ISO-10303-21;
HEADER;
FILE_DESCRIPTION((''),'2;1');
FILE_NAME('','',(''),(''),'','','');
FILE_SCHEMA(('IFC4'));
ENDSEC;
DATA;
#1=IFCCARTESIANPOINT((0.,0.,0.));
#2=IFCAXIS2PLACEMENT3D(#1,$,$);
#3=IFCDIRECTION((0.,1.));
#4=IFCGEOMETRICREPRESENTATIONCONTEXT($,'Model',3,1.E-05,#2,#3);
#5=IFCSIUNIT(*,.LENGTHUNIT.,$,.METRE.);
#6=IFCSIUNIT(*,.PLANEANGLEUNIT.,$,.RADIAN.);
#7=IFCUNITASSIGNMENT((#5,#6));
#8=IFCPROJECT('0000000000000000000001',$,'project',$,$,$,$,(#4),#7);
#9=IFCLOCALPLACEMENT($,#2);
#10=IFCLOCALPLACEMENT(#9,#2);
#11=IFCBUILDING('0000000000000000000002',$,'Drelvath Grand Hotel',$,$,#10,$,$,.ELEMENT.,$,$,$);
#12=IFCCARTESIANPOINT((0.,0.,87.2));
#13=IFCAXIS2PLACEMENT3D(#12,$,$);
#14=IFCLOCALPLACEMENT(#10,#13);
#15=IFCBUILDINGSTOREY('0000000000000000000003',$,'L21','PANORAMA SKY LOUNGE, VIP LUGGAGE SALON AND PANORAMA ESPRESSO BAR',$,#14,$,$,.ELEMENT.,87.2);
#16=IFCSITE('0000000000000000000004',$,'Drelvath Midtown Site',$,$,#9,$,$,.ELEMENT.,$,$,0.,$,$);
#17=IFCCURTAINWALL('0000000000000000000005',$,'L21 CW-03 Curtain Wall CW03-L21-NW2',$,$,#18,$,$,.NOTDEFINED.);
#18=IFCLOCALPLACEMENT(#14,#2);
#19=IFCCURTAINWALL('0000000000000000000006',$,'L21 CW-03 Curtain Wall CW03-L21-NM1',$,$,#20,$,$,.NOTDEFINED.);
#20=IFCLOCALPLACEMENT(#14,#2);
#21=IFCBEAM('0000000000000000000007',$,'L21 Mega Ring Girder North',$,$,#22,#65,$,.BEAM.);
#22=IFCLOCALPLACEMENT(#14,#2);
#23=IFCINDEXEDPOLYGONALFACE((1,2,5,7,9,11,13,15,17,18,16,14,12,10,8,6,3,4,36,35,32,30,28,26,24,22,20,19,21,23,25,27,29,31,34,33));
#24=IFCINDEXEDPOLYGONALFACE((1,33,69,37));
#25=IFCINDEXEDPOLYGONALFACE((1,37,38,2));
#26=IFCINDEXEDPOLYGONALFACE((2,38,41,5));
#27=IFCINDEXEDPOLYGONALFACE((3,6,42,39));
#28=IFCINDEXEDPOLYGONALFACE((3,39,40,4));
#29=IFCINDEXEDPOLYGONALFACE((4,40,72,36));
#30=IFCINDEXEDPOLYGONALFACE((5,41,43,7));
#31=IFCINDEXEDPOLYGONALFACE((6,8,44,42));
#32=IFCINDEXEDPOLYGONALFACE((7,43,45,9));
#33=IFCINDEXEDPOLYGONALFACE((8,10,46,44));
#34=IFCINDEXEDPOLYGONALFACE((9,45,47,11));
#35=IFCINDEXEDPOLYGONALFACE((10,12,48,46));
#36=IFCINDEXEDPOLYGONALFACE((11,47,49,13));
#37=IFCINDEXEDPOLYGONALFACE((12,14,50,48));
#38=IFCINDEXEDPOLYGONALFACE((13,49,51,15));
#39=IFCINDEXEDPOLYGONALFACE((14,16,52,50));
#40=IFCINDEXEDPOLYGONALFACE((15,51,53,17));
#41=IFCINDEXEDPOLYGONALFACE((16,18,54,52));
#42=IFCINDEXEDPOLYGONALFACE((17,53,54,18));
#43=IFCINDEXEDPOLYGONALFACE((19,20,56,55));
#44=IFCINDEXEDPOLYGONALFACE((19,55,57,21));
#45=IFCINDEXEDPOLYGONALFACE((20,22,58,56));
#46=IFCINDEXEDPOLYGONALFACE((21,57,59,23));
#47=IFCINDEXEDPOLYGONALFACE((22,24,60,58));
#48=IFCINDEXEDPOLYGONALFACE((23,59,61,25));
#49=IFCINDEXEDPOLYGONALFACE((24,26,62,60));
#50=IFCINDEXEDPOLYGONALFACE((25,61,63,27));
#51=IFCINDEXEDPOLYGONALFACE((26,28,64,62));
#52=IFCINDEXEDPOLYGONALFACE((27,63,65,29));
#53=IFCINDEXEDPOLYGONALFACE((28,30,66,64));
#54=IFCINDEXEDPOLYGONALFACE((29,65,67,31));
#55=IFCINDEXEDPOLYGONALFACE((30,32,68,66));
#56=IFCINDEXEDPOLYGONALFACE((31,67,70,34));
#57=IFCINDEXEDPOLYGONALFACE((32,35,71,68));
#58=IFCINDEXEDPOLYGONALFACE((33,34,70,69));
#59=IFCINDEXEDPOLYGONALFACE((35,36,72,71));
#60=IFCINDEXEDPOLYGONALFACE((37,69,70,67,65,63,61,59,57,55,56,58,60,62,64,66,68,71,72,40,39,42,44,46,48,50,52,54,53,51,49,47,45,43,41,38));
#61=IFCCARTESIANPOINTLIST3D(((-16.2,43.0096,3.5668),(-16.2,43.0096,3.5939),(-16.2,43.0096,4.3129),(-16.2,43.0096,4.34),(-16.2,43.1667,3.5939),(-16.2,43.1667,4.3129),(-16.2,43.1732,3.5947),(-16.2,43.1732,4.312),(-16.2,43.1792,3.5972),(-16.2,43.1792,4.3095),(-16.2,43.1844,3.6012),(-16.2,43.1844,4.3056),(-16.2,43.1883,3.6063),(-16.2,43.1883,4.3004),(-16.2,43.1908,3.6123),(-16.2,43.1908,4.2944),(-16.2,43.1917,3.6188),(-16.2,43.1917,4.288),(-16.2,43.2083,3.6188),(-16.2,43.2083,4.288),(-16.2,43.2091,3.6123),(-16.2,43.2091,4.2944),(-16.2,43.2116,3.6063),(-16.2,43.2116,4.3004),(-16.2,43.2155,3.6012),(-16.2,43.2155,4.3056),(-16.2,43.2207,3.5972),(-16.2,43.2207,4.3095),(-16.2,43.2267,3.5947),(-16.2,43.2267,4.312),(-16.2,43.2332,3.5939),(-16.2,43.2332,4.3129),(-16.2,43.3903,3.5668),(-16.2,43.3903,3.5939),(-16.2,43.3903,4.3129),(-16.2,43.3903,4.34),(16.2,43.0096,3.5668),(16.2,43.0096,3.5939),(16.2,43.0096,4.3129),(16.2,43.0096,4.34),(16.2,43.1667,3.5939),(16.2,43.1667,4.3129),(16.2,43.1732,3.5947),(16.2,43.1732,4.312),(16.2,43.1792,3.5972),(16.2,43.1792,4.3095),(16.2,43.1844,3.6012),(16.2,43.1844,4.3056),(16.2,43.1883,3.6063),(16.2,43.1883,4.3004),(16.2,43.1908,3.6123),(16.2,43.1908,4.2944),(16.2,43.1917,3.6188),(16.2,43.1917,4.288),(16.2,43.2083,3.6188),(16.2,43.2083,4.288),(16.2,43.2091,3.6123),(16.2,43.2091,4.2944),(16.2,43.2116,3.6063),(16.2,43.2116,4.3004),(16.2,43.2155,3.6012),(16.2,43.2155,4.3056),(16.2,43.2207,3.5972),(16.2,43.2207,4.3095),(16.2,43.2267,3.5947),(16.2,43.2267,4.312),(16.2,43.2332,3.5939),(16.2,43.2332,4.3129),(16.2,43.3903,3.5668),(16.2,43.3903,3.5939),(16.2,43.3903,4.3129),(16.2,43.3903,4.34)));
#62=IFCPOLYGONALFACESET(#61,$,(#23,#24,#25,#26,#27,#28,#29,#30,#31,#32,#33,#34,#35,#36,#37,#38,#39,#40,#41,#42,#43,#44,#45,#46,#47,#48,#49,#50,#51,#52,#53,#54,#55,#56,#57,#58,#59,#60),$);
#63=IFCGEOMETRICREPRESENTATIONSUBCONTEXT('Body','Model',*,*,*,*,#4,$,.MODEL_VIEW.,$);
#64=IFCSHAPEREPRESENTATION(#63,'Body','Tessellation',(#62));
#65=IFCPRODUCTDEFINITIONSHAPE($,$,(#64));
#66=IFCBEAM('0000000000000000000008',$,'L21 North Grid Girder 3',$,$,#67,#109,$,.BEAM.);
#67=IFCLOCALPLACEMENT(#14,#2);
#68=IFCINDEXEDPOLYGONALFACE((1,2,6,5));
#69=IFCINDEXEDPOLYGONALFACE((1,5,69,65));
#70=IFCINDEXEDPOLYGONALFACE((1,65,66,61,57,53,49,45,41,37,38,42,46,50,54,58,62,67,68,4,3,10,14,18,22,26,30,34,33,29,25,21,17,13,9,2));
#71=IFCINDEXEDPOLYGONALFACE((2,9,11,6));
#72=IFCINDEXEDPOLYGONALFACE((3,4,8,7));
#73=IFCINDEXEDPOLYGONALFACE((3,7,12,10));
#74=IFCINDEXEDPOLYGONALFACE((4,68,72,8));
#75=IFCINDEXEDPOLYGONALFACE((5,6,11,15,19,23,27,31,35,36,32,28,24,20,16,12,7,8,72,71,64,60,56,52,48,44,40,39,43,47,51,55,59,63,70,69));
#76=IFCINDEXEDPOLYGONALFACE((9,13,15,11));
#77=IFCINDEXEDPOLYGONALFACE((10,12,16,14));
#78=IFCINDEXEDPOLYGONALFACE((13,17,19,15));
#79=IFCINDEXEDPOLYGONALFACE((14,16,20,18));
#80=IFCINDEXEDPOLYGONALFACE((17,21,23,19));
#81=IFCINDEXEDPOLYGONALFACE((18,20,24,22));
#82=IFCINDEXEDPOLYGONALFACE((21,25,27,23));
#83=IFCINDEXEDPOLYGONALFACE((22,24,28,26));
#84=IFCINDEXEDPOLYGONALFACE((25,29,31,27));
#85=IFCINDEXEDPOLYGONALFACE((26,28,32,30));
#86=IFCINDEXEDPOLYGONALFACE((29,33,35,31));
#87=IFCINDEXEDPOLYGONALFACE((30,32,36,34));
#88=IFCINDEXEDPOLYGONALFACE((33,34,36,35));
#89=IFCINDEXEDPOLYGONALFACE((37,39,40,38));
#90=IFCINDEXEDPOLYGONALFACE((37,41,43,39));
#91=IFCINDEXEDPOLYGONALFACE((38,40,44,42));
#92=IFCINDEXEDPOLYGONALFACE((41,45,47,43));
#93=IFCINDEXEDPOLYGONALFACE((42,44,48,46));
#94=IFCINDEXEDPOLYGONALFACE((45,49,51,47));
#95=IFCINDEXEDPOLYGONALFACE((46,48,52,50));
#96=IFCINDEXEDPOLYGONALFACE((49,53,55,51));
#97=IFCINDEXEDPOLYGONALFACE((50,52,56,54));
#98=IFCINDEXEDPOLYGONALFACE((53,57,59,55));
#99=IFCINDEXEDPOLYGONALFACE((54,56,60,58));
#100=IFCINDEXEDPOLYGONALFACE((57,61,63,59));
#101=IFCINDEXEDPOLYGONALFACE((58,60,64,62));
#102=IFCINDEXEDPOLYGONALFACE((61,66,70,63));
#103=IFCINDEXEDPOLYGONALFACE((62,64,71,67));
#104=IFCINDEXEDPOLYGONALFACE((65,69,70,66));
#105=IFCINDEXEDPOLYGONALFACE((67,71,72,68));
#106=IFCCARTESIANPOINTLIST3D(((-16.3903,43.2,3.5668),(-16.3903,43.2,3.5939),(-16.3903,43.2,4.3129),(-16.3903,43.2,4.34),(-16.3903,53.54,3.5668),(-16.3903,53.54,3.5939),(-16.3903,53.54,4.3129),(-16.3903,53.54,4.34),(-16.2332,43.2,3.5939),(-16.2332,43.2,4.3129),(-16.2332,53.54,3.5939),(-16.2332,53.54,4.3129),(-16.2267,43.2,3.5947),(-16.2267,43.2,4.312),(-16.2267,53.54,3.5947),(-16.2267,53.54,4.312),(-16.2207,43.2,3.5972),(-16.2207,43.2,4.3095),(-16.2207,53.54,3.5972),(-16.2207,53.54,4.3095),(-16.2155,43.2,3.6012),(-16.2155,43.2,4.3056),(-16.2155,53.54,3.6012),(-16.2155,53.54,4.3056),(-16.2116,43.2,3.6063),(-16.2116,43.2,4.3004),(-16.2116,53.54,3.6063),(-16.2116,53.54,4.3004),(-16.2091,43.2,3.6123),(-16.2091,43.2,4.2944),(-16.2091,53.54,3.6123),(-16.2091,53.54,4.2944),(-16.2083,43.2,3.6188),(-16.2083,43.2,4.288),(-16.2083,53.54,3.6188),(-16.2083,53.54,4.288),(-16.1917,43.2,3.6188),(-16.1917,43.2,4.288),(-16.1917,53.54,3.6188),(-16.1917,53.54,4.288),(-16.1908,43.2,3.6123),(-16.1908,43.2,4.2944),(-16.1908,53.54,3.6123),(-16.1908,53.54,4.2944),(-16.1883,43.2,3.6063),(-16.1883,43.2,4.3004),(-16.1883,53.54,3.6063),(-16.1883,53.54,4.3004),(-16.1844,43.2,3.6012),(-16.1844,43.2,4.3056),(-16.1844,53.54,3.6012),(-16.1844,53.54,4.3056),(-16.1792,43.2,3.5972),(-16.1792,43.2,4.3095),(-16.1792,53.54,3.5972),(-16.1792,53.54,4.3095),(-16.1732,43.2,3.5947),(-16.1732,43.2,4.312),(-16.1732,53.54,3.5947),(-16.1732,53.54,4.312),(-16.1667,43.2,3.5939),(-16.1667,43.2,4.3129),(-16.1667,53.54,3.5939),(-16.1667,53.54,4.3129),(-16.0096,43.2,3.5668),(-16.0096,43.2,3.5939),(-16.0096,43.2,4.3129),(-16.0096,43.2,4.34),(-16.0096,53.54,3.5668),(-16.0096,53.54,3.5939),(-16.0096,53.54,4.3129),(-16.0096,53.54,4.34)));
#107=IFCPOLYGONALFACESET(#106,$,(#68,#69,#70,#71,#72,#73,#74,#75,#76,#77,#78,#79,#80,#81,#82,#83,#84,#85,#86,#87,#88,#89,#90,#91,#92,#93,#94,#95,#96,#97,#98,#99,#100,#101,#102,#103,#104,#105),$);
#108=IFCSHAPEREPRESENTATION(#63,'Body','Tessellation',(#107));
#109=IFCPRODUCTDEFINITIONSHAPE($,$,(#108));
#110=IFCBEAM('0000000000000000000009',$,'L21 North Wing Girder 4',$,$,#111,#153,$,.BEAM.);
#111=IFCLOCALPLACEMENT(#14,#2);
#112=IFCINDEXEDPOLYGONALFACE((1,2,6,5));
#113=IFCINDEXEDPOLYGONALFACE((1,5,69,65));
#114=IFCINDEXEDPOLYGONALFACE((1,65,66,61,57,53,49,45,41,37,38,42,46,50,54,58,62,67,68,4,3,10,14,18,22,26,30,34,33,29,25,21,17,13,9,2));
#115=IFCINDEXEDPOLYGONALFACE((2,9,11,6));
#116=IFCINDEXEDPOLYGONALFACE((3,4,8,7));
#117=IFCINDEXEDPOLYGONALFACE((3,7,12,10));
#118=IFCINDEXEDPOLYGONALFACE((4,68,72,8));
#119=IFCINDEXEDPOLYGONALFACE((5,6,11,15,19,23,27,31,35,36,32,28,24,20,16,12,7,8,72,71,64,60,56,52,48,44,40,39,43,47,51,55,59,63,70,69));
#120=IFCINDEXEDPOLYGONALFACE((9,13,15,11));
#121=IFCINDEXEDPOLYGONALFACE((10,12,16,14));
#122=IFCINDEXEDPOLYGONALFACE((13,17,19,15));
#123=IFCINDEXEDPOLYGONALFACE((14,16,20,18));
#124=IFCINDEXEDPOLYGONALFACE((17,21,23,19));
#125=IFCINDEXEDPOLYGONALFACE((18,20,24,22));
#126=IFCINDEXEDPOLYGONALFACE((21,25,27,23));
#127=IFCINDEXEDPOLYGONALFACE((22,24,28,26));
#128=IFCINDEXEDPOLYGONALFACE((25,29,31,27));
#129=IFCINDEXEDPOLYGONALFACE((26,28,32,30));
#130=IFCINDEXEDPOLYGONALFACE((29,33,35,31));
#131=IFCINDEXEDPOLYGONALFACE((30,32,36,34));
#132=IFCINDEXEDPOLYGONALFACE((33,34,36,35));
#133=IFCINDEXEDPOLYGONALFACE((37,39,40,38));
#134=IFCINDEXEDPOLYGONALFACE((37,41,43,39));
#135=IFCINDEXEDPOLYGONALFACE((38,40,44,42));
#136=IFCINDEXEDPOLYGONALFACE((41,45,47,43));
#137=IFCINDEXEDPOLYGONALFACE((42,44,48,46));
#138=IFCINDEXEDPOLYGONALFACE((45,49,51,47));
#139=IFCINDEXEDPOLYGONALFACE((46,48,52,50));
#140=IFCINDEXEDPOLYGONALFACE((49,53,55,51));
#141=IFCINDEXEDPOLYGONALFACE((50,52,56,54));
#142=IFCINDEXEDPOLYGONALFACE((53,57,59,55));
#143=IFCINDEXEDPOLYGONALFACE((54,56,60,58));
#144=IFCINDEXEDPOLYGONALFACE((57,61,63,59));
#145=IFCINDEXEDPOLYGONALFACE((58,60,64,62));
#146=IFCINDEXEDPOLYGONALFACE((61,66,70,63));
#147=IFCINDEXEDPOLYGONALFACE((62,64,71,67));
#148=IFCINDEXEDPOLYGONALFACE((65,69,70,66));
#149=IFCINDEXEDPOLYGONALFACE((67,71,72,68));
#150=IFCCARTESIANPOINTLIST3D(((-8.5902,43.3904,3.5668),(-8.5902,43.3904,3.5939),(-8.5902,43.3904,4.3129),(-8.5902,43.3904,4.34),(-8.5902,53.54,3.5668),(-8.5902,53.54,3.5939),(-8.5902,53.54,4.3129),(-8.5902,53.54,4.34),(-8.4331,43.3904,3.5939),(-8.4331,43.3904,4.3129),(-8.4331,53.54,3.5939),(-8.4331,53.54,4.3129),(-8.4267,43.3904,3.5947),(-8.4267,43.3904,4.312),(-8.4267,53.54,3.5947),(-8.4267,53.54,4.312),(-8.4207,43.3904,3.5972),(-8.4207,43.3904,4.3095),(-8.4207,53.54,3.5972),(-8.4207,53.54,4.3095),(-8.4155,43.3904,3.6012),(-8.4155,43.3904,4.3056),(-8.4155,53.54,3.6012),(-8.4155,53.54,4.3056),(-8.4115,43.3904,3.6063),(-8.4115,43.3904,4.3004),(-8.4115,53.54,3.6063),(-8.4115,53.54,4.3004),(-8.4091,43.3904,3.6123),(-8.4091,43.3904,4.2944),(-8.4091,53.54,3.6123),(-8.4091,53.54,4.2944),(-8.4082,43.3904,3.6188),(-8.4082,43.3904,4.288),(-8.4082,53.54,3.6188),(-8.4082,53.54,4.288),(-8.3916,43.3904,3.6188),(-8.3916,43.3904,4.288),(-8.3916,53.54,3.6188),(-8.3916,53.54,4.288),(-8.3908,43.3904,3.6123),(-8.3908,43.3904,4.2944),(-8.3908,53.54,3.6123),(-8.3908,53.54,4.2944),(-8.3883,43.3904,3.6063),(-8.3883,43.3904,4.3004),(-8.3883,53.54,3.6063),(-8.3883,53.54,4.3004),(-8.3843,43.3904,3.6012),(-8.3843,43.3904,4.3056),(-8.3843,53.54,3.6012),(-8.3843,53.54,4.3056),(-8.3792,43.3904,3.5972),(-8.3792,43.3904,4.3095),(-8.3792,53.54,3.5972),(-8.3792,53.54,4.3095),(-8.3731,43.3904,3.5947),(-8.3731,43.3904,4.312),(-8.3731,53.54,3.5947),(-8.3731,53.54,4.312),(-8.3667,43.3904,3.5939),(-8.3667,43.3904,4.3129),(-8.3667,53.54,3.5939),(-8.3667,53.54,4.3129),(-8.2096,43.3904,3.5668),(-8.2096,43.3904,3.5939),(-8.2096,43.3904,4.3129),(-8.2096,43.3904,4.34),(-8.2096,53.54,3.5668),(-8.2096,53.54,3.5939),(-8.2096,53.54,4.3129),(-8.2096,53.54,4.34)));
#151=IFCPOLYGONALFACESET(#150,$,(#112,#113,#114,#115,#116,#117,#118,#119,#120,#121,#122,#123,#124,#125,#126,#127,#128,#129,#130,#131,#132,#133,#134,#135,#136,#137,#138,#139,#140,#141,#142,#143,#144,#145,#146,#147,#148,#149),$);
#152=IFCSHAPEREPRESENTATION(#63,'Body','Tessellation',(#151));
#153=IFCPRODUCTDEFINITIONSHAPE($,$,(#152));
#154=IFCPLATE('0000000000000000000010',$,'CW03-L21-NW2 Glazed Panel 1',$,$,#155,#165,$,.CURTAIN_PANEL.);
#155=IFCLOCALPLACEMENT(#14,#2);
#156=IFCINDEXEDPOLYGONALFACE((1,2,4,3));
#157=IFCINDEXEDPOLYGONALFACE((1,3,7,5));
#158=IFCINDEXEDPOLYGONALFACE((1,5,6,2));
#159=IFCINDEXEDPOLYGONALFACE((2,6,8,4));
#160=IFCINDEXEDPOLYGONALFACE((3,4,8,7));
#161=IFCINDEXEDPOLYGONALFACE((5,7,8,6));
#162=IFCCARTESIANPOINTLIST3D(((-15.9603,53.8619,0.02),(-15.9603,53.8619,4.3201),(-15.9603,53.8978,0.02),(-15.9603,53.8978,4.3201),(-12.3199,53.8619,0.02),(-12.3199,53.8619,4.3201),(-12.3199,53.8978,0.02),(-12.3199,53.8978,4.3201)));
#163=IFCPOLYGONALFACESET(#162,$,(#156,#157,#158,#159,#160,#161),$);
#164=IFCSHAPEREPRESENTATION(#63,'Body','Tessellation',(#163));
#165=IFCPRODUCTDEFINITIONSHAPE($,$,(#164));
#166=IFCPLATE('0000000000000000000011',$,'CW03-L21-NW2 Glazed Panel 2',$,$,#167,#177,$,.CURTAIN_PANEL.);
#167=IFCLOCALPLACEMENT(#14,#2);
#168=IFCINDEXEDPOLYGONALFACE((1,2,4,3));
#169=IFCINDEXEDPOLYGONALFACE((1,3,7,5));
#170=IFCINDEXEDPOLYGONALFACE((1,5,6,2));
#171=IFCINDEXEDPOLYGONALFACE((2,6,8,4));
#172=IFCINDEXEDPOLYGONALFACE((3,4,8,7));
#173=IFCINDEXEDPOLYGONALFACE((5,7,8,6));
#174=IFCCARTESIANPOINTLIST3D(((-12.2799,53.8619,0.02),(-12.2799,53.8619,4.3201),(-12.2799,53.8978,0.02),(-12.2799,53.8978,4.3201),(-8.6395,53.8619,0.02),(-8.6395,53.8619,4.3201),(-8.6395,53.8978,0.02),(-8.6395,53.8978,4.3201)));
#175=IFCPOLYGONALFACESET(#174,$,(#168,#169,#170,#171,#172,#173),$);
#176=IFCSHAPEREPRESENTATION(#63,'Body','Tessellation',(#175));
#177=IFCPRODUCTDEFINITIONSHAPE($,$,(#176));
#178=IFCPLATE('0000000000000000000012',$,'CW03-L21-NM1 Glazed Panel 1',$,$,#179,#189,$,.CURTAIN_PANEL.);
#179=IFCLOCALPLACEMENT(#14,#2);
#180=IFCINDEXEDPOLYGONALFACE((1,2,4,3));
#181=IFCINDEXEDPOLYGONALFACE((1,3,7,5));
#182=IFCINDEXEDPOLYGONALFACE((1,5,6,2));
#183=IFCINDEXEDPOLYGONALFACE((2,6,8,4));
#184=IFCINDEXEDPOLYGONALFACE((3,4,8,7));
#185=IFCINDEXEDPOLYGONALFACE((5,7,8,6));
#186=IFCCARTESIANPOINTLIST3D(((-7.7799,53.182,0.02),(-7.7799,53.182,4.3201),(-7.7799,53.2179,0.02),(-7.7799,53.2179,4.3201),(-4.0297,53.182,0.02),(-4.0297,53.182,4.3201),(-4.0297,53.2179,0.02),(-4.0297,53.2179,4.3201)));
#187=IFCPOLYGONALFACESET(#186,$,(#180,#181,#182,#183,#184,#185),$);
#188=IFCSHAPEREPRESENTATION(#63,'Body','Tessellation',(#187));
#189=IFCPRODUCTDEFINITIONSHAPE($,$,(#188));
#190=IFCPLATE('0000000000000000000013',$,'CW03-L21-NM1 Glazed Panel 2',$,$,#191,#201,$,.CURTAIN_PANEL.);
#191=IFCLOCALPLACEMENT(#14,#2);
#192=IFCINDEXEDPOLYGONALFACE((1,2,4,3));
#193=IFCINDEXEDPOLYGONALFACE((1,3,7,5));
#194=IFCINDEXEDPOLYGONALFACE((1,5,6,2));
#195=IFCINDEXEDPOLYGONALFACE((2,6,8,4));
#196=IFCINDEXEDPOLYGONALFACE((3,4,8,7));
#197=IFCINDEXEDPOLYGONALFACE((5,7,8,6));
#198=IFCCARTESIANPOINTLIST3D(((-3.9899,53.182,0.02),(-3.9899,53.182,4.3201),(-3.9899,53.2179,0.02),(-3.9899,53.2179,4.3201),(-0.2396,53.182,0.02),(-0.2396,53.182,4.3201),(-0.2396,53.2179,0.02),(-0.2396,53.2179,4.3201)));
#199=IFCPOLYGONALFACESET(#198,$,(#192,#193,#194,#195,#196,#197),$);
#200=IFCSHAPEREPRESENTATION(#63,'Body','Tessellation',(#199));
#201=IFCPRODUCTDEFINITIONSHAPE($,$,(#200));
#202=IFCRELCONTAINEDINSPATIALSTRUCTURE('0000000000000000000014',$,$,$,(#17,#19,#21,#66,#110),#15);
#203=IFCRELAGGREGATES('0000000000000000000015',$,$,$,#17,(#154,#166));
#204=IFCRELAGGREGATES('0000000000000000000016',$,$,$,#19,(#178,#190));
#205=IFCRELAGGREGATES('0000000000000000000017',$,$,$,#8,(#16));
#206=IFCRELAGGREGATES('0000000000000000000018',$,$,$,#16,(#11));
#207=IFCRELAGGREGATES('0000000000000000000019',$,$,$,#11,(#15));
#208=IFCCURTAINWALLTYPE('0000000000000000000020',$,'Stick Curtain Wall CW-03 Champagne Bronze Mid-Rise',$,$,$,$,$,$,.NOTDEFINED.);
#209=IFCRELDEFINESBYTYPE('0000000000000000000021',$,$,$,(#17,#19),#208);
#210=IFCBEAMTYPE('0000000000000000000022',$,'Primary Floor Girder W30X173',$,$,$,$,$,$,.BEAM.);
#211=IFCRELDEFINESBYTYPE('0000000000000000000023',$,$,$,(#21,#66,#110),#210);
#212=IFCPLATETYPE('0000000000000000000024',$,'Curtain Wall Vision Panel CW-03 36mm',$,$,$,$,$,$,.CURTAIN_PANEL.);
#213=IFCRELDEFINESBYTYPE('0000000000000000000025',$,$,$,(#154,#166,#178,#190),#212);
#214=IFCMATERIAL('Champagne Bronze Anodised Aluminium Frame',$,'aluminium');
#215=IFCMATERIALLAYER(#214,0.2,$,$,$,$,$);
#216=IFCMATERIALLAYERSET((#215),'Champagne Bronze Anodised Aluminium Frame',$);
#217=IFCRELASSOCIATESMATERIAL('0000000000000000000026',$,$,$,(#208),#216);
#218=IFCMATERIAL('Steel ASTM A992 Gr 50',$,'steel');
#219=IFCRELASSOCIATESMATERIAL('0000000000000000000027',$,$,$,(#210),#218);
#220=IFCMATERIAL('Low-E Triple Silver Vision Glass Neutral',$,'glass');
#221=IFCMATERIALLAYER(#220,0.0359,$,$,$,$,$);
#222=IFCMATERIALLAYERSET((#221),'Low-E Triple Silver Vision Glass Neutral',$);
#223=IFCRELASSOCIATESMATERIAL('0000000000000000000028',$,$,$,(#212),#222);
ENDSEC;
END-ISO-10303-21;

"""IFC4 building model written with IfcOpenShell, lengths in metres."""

from ifc_helpers import new_model, si_unit, direction, frame, origin, origin_2d, place, context, subcontext, project, spatial, rectangle, i_section, extrude, material, layer, layer_set, material_profile, profile_set, type_object, element, aggregate, save


model = new_model("IFC4")

# Units and contexts
model_context = context("Model", 3, precision=1e-05, world=origin(), true_north=direction((0.0, 1.0)))
body_context = subcontext(model_context, "Body", "Model", "MODEL_VIEW")
ifc_project = project(units=[si_unit("LENGTHUNIT", "METRE"), si_unit("PLANEANGLEUNIT", "RADIAN")], contexts=[model_context])

# Site, building, storey
site_placement = place(None, origin())
site = spatial("IfcSite", under=ifc_project, at=site_placement, Name="Drelvath Midtown Site", CompositionType="ELEMENT", RefElevation=0.0)
building_placement = place(site_placement, origin())
building = spatial("IfcBuilding", under=site, at=building_placement, Name="Drelvath Grand Hotel", CompositionType="ELEMENT")
storey_placement = place(building_placement, frame((0.0, 0.0, 87.2)))
storey = spatial("IfcBuildingStorey", under=building, at=storey_placement, Name="L21", Description="PANORAMA SKY LOUNGE, VIP LUGGAGE SALON AND PANORAMA ESPRESSO BAR", CompositionType="ELEMENT", Elevation=87.2)

# Curtain walls
ifc_material_1 = material(Name="Champagne Bronze Anodised Aluminium Frame", Category="aluminium")
ifc_layer_1 = layer(ifc_material_1, 0.2)
ifc_layer_set_1 = layer_set([ifc_layer_1], Name="Champagne Bronze Anodised Aluminium Frame")
curtain_wall_type = type_object("IfcCurtainWallType", Name="Stick Curtain Wall CW-03 Champagne Bronze Mid-Rise", PredefinedType="NOTDEFINED", material=ifc_layer_set_1)
curtain_wall_1_placement = place(storey_placement, origin())
curtain_wall_1 = element("IfcCurtainWall", 1, at=curtain_wall_1_placement, inside=storey, type_object=curtain_wall_type, Name="L21 CW-03 Curtain Wall CW03-L21-NW2", PredefinedType="NOTDEFINED")
curtain_wall_2_placement = place(storey_placement, origin())
curtain_wall_2 = element("IfcCurtainWall", 2, at=curtain_wall_2_placement, inside=storey, type_object=curtain_wall_type, Name="L21 CW-03 Curtain Wall CW03-L21-NM1", PredefinedType="NOTDEFINED")

# Beams
ifc_material_2 = material(Name="Steel ASTM A992 Gr 50", Category="steel")
ifc_material_profile_1 = material_profile(ifc_material_2, i_section(OverallWidth=0.3806, OverallDepth=0.7732, WebThickness=0.0166, FlangeThickness=0.0271, FilletRadius=0.0249, at=origin_2d()), Name="W30X173")
ifc_profile_set_1 = profile_set([ifc_material_profile_1], Name="Steel ASTM A992 Gr 50")
beam_type_1 = type_object("IfcBeamType", Name="Primary Floor Girder W30X173", PredefinedType="BEAM", material=ifc_profile_set_1)
beam_1_placement = place(storey_placement, frame((-16.2, 43.2, 3.9534), z_axis=(1.0, 0.0, 0.0), x_axis=(0.0, 1.0, 0.0)))
element("IfcBeam", 3, at=beam_1_placement, inside=storey, type_object=beam_type_1, Name="L21 Mega Ring Girder North", PredefinedType="BEAM", context=body_context, shape_type="SweptSolid", body=[
    extrude(i_section(OverallWidth=0.3806, OverallDepth=0.7732, WebThickness=0.0166, FlangeThickness=0.0271, FilletRadius=0.0249, at=origin_2d()), origin(), (0.0, 0.0, 1.0), 32.3999),
])
beam_2_placement = place(storey_placement, frame((-16.2, 43.2, 3.9534), z_axis=(0.0, 1.0, 0.0), x_axis=(-1.0, 0.0, 0.0)))
element("IfcBeam", 4, at=beam_2_placement, inside=storey, type_object=beam_type_1, Name="L21 North Grid Girder 3", PredefinedType="BEAM", context=body_context, shape_type="SweptSolid", body=[
    extrude(i_section(OverallWidth=0.3806, OverallDepth=0.7732, WebThickness=0.0166, FlangeThickness=0.0271, FilletRadius=0.0249, at=origin_2d()), origin(), (0.0, 0.0, 1.0), 10.3401),
])
beam_3_placement = place(storey_placement, frame((-8.3999, 43.3904, 3.9534), z_axis=(0.0, 1.0, 0.0), x_axis=(-1.0, 0.0, 0.0)))
element("IfcBeam", 5, at=beam_3_placement, inside=storey, type_object=beam_type_1, Name="L21 North Wing Girder 4", PredefinedType="BEAM", context=body_context, shape_type="SweptSolid", body=[
    extrude(i_section(OverallWidth=0.3806, OverallDepth=0.7732, WebThickness=0.0166, FlangeThickness=0.0271, FilletRadius=0.0249, at=origin_2d()), origin(), (0.0, 0.0, 1.0), 10.1497),
])

# Plates
ifc_material_3 = material(Name="Low-E Triple Silver Vision Glass Neutral", Category="glass")
ifc_layer_2 = layer(ifc_material_3, 0.0359)
ifc_layer_set_2 = layer_set([ifc_layer_2], Name="Low-E Triple Silver Vision Glass Neutral")
plate_type = type_object("IfcPlateType", Name="Curtain Wall Vision Panel CW-03 36mm", PredefinedType="CURTAIN_PANEL", material=ifc_layer_set_2)
plate_1_placement = place(storey_placement, frame((-14.1401, 53.8799, 0.02), z_axis=(0.0, 0.0, 1.0), x_axis=(1.0, 0.0, 0.0)))
plate_1 = element("IfcPlate", 6, at=plate_1_placement, type_object=plate_type, Name="CW03-L21-NW2 Glazed Panel 1", PredefinedType="CURTAIN_PANEL", context=body_context, shape_type="SweptSolid", body=[
    extrude(rectangle(XDim=3.6404, YDim=0.0359, at=origin_2d()), origin(), (0.0, 0.0, 1.0), 4.3),
])
plate_2_placement = place(storey_placement, frame((-10.4597, 53.8799, 0.02), z_axis=(0.0, 0.0, 1.0), x_axis=(1.0, 0.0, 0.0)))
plate_2 = element("IfcPlate", 7, at=plate_2_placement, type_object=plate_type, Name="CW03-L21-NW2 Glazed Panel 2", PredefinedType="CURTAIN_PANEL", context=body_context, shape_type="SweptSolid", body=[
    extrude(rectangle(XDim=3.6404, YDim=0.0359, at=origin_2d()), origin(), (0.0, 0.0, 1.0), 4.3),
])
aggregate(curtain_wall_1, [plate_1, plate_2])
plate_3_placement = place(storey_placement, frame((-5.9048, 53.2, 0.02), z_axis=(0.0, 0.0, 1.0), x_axis=(1.0, 0.0, 0.0)))
plate_3 = element("IfcPlate", 8, at=plate_3_placement, type_object=plate_type, Name="CW03-L21-NM1 Glazed Panel 1", PredefinedType="CURTAIN_PANEL", context=body_context, shape_type="SweptSolid", body=[
    extrude(rectangle(XDim=3.7502, YDim=0.0359, at=origin_2d()), origin(), (0.0, 0.0, 1.0), 4.3),
])
plate_4_placement = place(storey_placement, frame((-2.1147, 53.2, 0.02), z_axis=(0.0, 0.0, 1.0), x_axis=(1.0, 0.0, 0.0)))
plate_4 = element("IfcPlate", 9, at=plate_4_placement, type_object=plate_type, Name="CW03-L21-NM1 Glazed Panel 2", PredefinedType="CURTAIN_PANEL", context=body_context, shape_type="SweptSolid", body=[
    extrude(rectangle(XDim=3.7502, YDim=0.0359, at=origin_2d()), origin(), (0.0, 0.0, 1.0), 4.3),
])
aggregate(curtain_wall_2, [plate_3, plate_4])

save(model, "model.ifc")
